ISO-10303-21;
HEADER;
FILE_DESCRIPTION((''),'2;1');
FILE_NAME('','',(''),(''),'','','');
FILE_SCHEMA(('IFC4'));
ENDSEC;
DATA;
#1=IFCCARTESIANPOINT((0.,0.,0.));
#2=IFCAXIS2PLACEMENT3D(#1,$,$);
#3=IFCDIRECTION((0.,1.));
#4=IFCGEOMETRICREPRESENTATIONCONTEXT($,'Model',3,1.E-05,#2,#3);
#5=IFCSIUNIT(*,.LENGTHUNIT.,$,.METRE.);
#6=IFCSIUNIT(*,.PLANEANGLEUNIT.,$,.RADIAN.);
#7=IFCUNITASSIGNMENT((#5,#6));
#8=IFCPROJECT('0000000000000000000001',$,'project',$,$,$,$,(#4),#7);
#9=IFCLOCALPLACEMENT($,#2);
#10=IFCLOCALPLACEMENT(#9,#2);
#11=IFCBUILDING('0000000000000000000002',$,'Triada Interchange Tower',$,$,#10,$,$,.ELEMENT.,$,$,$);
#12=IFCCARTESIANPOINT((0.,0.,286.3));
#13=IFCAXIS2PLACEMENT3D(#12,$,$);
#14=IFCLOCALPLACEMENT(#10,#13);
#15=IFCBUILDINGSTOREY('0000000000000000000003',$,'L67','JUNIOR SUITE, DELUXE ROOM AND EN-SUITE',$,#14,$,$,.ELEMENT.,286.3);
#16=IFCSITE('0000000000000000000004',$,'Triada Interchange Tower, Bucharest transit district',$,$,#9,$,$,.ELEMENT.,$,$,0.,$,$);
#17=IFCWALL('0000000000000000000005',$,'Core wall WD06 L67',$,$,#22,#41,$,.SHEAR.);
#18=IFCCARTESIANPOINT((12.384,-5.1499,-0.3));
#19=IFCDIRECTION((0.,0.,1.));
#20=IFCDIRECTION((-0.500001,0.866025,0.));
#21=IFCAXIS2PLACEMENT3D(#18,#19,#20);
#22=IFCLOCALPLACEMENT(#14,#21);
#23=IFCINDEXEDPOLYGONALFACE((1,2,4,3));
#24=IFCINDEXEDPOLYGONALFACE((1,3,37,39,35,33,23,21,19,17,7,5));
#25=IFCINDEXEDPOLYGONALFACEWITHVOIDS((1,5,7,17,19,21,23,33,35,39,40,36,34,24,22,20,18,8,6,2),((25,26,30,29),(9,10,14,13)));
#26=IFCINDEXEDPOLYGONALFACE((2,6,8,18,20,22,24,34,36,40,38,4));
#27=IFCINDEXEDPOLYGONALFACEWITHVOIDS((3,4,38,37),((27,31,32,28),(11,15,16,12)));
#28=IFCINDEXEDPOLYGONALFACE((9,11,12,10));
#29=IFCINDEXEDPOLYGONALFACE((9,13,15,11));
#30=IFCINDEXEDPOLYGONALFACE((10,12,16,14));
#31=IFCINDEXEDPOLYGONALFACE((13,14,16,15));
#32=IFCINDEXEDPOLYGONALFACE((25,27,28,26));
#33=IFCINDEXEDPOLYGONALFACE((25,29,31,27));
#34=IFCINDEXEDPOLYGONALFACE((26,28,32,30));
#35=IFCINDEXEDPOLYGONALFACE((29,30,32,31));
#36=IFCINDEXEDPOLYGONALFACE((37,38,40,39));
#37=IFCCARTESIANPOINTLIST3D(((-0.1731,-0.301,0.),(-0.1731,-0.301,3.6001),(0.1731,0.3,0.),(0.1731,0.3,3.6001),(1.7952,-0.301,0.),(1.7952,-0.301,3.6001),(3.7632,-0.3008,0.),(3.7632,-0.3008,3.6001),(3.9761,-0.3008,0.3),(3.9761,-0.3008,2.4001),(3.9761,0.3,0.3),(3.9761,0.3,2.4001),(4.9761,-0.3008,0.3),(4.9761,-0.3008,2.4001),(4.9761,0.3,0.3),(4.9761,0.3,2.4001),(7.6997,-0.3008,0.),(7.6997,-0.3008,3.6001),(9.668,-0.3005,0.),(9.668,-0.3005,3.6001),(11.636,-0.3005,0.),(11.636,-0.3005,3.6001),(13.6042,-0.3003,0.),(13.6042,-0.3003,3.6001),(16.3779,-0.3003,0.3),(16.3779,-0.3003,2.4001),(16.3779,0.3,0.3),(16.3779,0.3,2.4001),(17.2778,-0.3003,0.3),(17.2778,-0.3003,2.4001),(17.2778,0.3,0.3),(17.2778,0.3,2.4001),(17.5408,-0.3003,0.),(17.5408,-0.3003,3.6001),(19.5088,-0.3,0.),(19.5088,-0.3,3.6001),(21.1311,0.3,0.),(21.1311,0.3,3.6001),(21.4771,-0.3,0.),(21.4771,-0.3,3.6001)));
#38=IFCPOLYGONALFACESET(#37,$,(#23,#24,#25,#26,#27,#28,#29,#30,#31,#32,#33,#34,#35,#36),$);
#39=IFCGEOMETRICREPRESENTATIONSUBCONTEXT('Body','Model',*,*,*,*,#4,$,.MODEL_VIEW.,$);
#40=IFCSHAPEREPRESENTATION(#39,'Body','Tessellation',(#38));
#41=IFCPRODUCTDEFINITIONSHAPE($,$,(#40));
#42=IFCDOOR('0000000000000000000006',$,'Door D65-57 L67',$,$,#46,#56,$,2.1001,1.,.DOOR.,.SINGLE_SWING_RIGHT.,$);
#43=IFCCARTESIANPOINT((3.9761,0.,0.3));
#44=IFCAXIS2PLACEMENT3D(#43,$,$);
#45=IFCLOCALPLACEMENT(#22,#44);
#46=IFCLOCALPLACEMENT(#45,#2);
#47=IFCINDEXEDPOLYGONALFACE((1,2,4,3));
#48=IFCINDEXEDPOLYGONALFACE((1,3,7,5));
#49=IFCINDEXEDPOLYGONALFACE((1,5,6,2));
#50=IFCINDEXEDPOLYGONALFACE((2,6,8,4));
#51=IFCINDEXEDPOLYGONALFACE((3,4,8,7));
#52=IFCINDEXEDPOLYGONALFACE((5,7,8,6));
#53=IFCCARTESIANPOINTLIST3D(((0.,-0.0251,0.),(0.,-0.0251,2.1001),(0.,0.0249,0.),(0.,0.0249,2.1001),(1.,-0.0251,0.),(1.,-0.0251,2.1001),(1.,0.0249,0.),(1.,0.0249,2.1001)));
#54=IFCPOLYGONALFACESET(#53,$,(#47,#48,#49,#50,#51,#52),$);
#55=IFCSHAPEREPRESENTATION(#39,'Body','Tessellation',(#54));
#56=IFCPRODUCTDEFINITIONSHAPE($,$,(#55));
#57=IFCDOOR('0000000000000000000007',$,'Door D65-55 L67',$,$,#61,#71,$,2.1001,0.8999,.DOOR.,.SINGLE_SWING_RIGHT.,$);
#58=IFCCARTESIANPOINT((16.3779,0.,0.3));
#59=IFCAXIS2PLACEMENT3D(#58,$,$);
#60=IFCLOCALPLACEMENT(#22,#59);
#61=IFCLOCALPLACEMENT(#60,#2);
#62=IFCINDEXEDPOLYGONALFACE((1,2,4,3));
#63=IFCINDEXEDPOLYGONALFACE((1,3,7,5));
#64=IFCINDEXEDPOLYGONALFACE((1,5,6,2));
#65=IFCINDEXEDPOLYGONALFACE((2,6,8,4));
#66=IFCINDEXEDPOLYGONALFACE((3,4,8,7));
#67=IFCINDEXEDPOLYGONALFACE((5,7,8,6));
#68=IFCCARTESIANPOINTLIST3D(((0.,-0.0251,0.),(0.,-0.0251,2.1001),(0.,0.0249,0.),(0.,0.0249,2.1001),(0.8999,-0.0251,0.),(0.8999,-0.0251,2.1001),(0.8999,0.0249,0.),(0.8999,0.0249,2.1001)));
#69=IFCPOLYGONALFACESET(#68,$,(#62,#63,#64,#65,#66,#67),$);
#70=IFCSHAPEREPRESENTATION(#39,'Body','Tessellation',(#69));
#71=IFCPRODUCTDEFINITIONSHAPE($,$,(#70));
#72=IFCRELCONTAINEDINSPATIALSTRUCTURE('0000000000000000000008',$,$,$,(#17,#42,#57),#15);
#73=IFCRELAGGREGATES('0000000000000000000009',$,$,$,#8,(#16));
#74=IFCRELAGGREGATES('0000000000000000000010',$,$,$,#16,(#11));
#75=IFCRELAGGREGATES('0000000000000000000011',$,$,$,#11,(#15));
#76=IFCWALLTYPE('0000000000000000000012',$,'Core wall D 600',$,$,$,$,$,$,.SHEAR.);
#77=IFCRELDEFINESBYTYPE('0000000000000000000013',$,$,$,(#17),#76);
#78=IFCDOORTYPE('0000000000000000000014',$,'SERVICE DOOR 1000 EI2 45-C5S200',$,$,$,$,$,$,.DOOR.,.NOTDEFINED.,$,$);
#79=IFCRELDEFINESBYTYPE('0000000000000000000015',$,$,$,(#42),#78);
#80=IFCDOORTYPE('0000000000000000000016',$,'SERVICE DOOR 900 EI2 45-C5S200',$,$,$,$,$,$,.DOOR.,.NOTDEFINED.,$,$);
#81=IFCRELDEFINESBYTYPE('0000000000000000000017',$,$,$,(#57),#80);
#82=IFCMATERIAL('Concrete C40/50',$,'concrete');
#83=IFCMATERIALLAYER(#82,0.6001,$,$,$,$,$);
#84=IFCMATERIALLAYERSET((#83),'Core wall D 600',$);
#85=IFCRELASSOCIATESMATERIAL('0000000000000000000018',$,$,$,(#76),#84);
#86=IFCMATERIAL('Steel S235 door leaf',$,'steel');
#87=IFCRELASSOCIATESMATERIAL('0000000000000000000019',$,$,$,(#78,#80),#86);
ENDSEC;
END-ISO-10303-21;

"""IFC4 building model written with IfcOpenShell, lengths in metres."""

from ifc_helpers import new_model, si_unit, direction, frame, frame_2d, origin, place, context, subcontext, project, spatial, polyline, rectangle, outline, extrude, material, layer, layer_set, type_object, element, fill, save


model = new_model("IFC4")

# Units and contexts
model_context = context("Model", 3, precision=1e-05, world=origin(), true_north=direction((0.0, 1.0)))
body_context = subcontext(model_context, "Body", "Model", "MODEL_VIEW")
ifc_project = project(units=[si_unit("LENGTHUNIT", "METRE"), si_unit("PLANEANGLEUNIT", "RADIAN")], contexts=[model_context])

# Site, building, storey
site_placement = place(None, origin())
site = spatial("IfcSite", under=ifc_project, at=site_placement, Name="Triada Interchange Tower, Bucharest transit district", CompositionType="ELEMENT", RefElevation=0.0)
building_placement = place(site_placement, origin())
building = spatial("IfcBuilding", under=site, at=building_placement, Name="Triada Interchange Tower", CompositionType="ELEMENT")
storey_placement = place(building_placement, frame((0.0, 0.0, 286.3)))
storey = spatial("IfcBuildingStorey", under=building, at=storey_placement, Name="L67", Description="JUNIOR SUITE, DELUXE ROOM AND EN-SUITE", CompositionType="ELEMENT", Elevation=286.3)

# Shared definitions
ifc_material_1 = material(Name="Concrete C40/50", Category="concrete")

# Wall, openings, doors
ifc_layer_1 = layer(ifc_material_1, 0.6001)
ifc_layer_set_1 = layer_set([ifc_layer_1], Name="Core wall D 600")
wall_type_1 = type_object("IfcWallType", Name="Core wall D 600", PredefinedType="SHEAR", material=ifc_layer_set_1)
wall_1_placement = place(storey_placement, frame((12.384, -5.1499, -0.3), z_axis=(0.0, 0.0, 1.0), x_axis=(-0.500001, 0.866025, 0.0)))
wall_1 = element("IfcWall", 1, at=wall_1_placement, inside=storey, type_object=wall_type_1, Name="Core wall WD06 L67", PredefinedType="SHEAR", context=body_context, shape_type="SweptSolid", body=[
    extrude(outline(polyline([(-0.1731, -0.301), (1.7952, -0.301), (3.7632, -0.3008), (5.7314, -0.3008), (7.6997, -0.3008), (9.668, -0.3005), (11.636, -0.3005), (13.6042, -0.3003), (15.5725, -0.3003), (17.5408, -0.3003), (19.5088, -0.3), (21.4771, -0.3), (21.1311, 0.3), (19.2258, 0.3), (17.3206, 0.3), (15.4153, 0.3), (13.51, 0.3), (11.6047, 0.3), (9.6995, 0.3), (7.7942, 0.3), (5.8889, 0.3), (3.9836, 0.3), (2.0784, 0.3), (0.1731, 0.3), (-0.1731, -0.301)])), origin(), (0.0, 0.0, 1.0), 3.6001),
])
opening_1_placement = place(wall_1_placement, frame((16.3779, 0.0, 0.3)))
opening_1 = element("IfcOpeningElement", 2, at=opening_1_placement, cuts=wall_1, PredefinedType="OPENING", context=body_context, shape_type="SweptSolid", body=[
    extrude(rectangle(XDim=0.8999, YDim=2.1001, at=frame_2d((0.45, 1.05))), frame((0.0, 0.3101, 0.0), z_axis=(0.0, -1.0, 0.0), x_axis=(1.0, 0.0, 0.0)), (0.0, 0.0, 1.0), 0.6211),
])
opening_2_placement = place(wall_1_placement, frame((3.9761, 0.0, 0.3)))
opening_2 = element("IfcOpeningElement", 3, at=opening_2_placement, cuts=wall_1, PredefinedType="OPENING", context=body_context, shape_type="SweptSolid", body=[
    extrude(rectangle(XDim=1.0, YDim=2.1001, at=frame_2d((0.5, 1.05))), frame((0.0, 0.3101, 0.0), z_axis=(0.0, -1.0, 0.0), x_axis=(1.0, 0.0, 0.0)), (0.0, 0.0, 1.0), 0.6211),
])
ifc_material_2 = material(Name="Steel S235 door leaf", Category="steel")
door_type_1 = type_object("IfcDoorType", Name="SERVICE DOOR 1000 EI2 45-C5S200", OperationType="NOTDEFINED", PredefinedType="DOOR", material=ifc_material_2)
door_1_placement = place(opening_2_placement, origin())
door_1 = element("IfcDoor", 4, at=door_1_placement, inside=storey, type_object=door_type_1, Name="Door D65-57 L67", OperationType="SINGLE_SWING_RIGHT", OverallHeight=2.1001, OverallWidth=1.0, PredefinedType="DOOR", context=body_context, shape_type="SweptSolid", body=[
    extrude(rectangle(XDim=1.0, YDim=2.1001, at=frame_2d((0.5, 1.05))), frame((0.0, 0.0249, 0.0), z_axis=(0.0, -1.0, 0.0), x_axis=(1.0, 0.0, 0.0)), (0.0, 0.0, 1.0), 0.05),
])
fill(opening_2, door_1)
door_type_2 = type_object("IfcDoorType", Name="SERVICE DOOR 900 EI2 45-C5S200", OperationType="NOTDEFINED", PredefinedType="DOOR", material=ifc_material_2)
door_2_placement = place(opening_1_placement, origin())
door_2 = element("IfcDoor", 5, at=door_2_placement, inside=storey, type_object=door_type_2, Name="Door D65-55 L67", OperationType="SINGLE_SWING_RIGHT", OverallHeight=2.1001, OverallWidth=0.8999, PredefinedType="DOOR", context=body_context, shape_type="SweptSolid", body=[
    extrude(rectangle(XDim=0.8999, YDim=2.1001, at=frame_2d((0.45, 1.05))), frame((0.0, 0.0249, 0.0), z_axis=(0.0, -1.0, 0.0), x_axis=(1.0, 0.0, 0.0)), (0.0, 0.0, 1.0), 0.05),
])
fill(opening_1, door_2)

save(model, "model.ifc")
